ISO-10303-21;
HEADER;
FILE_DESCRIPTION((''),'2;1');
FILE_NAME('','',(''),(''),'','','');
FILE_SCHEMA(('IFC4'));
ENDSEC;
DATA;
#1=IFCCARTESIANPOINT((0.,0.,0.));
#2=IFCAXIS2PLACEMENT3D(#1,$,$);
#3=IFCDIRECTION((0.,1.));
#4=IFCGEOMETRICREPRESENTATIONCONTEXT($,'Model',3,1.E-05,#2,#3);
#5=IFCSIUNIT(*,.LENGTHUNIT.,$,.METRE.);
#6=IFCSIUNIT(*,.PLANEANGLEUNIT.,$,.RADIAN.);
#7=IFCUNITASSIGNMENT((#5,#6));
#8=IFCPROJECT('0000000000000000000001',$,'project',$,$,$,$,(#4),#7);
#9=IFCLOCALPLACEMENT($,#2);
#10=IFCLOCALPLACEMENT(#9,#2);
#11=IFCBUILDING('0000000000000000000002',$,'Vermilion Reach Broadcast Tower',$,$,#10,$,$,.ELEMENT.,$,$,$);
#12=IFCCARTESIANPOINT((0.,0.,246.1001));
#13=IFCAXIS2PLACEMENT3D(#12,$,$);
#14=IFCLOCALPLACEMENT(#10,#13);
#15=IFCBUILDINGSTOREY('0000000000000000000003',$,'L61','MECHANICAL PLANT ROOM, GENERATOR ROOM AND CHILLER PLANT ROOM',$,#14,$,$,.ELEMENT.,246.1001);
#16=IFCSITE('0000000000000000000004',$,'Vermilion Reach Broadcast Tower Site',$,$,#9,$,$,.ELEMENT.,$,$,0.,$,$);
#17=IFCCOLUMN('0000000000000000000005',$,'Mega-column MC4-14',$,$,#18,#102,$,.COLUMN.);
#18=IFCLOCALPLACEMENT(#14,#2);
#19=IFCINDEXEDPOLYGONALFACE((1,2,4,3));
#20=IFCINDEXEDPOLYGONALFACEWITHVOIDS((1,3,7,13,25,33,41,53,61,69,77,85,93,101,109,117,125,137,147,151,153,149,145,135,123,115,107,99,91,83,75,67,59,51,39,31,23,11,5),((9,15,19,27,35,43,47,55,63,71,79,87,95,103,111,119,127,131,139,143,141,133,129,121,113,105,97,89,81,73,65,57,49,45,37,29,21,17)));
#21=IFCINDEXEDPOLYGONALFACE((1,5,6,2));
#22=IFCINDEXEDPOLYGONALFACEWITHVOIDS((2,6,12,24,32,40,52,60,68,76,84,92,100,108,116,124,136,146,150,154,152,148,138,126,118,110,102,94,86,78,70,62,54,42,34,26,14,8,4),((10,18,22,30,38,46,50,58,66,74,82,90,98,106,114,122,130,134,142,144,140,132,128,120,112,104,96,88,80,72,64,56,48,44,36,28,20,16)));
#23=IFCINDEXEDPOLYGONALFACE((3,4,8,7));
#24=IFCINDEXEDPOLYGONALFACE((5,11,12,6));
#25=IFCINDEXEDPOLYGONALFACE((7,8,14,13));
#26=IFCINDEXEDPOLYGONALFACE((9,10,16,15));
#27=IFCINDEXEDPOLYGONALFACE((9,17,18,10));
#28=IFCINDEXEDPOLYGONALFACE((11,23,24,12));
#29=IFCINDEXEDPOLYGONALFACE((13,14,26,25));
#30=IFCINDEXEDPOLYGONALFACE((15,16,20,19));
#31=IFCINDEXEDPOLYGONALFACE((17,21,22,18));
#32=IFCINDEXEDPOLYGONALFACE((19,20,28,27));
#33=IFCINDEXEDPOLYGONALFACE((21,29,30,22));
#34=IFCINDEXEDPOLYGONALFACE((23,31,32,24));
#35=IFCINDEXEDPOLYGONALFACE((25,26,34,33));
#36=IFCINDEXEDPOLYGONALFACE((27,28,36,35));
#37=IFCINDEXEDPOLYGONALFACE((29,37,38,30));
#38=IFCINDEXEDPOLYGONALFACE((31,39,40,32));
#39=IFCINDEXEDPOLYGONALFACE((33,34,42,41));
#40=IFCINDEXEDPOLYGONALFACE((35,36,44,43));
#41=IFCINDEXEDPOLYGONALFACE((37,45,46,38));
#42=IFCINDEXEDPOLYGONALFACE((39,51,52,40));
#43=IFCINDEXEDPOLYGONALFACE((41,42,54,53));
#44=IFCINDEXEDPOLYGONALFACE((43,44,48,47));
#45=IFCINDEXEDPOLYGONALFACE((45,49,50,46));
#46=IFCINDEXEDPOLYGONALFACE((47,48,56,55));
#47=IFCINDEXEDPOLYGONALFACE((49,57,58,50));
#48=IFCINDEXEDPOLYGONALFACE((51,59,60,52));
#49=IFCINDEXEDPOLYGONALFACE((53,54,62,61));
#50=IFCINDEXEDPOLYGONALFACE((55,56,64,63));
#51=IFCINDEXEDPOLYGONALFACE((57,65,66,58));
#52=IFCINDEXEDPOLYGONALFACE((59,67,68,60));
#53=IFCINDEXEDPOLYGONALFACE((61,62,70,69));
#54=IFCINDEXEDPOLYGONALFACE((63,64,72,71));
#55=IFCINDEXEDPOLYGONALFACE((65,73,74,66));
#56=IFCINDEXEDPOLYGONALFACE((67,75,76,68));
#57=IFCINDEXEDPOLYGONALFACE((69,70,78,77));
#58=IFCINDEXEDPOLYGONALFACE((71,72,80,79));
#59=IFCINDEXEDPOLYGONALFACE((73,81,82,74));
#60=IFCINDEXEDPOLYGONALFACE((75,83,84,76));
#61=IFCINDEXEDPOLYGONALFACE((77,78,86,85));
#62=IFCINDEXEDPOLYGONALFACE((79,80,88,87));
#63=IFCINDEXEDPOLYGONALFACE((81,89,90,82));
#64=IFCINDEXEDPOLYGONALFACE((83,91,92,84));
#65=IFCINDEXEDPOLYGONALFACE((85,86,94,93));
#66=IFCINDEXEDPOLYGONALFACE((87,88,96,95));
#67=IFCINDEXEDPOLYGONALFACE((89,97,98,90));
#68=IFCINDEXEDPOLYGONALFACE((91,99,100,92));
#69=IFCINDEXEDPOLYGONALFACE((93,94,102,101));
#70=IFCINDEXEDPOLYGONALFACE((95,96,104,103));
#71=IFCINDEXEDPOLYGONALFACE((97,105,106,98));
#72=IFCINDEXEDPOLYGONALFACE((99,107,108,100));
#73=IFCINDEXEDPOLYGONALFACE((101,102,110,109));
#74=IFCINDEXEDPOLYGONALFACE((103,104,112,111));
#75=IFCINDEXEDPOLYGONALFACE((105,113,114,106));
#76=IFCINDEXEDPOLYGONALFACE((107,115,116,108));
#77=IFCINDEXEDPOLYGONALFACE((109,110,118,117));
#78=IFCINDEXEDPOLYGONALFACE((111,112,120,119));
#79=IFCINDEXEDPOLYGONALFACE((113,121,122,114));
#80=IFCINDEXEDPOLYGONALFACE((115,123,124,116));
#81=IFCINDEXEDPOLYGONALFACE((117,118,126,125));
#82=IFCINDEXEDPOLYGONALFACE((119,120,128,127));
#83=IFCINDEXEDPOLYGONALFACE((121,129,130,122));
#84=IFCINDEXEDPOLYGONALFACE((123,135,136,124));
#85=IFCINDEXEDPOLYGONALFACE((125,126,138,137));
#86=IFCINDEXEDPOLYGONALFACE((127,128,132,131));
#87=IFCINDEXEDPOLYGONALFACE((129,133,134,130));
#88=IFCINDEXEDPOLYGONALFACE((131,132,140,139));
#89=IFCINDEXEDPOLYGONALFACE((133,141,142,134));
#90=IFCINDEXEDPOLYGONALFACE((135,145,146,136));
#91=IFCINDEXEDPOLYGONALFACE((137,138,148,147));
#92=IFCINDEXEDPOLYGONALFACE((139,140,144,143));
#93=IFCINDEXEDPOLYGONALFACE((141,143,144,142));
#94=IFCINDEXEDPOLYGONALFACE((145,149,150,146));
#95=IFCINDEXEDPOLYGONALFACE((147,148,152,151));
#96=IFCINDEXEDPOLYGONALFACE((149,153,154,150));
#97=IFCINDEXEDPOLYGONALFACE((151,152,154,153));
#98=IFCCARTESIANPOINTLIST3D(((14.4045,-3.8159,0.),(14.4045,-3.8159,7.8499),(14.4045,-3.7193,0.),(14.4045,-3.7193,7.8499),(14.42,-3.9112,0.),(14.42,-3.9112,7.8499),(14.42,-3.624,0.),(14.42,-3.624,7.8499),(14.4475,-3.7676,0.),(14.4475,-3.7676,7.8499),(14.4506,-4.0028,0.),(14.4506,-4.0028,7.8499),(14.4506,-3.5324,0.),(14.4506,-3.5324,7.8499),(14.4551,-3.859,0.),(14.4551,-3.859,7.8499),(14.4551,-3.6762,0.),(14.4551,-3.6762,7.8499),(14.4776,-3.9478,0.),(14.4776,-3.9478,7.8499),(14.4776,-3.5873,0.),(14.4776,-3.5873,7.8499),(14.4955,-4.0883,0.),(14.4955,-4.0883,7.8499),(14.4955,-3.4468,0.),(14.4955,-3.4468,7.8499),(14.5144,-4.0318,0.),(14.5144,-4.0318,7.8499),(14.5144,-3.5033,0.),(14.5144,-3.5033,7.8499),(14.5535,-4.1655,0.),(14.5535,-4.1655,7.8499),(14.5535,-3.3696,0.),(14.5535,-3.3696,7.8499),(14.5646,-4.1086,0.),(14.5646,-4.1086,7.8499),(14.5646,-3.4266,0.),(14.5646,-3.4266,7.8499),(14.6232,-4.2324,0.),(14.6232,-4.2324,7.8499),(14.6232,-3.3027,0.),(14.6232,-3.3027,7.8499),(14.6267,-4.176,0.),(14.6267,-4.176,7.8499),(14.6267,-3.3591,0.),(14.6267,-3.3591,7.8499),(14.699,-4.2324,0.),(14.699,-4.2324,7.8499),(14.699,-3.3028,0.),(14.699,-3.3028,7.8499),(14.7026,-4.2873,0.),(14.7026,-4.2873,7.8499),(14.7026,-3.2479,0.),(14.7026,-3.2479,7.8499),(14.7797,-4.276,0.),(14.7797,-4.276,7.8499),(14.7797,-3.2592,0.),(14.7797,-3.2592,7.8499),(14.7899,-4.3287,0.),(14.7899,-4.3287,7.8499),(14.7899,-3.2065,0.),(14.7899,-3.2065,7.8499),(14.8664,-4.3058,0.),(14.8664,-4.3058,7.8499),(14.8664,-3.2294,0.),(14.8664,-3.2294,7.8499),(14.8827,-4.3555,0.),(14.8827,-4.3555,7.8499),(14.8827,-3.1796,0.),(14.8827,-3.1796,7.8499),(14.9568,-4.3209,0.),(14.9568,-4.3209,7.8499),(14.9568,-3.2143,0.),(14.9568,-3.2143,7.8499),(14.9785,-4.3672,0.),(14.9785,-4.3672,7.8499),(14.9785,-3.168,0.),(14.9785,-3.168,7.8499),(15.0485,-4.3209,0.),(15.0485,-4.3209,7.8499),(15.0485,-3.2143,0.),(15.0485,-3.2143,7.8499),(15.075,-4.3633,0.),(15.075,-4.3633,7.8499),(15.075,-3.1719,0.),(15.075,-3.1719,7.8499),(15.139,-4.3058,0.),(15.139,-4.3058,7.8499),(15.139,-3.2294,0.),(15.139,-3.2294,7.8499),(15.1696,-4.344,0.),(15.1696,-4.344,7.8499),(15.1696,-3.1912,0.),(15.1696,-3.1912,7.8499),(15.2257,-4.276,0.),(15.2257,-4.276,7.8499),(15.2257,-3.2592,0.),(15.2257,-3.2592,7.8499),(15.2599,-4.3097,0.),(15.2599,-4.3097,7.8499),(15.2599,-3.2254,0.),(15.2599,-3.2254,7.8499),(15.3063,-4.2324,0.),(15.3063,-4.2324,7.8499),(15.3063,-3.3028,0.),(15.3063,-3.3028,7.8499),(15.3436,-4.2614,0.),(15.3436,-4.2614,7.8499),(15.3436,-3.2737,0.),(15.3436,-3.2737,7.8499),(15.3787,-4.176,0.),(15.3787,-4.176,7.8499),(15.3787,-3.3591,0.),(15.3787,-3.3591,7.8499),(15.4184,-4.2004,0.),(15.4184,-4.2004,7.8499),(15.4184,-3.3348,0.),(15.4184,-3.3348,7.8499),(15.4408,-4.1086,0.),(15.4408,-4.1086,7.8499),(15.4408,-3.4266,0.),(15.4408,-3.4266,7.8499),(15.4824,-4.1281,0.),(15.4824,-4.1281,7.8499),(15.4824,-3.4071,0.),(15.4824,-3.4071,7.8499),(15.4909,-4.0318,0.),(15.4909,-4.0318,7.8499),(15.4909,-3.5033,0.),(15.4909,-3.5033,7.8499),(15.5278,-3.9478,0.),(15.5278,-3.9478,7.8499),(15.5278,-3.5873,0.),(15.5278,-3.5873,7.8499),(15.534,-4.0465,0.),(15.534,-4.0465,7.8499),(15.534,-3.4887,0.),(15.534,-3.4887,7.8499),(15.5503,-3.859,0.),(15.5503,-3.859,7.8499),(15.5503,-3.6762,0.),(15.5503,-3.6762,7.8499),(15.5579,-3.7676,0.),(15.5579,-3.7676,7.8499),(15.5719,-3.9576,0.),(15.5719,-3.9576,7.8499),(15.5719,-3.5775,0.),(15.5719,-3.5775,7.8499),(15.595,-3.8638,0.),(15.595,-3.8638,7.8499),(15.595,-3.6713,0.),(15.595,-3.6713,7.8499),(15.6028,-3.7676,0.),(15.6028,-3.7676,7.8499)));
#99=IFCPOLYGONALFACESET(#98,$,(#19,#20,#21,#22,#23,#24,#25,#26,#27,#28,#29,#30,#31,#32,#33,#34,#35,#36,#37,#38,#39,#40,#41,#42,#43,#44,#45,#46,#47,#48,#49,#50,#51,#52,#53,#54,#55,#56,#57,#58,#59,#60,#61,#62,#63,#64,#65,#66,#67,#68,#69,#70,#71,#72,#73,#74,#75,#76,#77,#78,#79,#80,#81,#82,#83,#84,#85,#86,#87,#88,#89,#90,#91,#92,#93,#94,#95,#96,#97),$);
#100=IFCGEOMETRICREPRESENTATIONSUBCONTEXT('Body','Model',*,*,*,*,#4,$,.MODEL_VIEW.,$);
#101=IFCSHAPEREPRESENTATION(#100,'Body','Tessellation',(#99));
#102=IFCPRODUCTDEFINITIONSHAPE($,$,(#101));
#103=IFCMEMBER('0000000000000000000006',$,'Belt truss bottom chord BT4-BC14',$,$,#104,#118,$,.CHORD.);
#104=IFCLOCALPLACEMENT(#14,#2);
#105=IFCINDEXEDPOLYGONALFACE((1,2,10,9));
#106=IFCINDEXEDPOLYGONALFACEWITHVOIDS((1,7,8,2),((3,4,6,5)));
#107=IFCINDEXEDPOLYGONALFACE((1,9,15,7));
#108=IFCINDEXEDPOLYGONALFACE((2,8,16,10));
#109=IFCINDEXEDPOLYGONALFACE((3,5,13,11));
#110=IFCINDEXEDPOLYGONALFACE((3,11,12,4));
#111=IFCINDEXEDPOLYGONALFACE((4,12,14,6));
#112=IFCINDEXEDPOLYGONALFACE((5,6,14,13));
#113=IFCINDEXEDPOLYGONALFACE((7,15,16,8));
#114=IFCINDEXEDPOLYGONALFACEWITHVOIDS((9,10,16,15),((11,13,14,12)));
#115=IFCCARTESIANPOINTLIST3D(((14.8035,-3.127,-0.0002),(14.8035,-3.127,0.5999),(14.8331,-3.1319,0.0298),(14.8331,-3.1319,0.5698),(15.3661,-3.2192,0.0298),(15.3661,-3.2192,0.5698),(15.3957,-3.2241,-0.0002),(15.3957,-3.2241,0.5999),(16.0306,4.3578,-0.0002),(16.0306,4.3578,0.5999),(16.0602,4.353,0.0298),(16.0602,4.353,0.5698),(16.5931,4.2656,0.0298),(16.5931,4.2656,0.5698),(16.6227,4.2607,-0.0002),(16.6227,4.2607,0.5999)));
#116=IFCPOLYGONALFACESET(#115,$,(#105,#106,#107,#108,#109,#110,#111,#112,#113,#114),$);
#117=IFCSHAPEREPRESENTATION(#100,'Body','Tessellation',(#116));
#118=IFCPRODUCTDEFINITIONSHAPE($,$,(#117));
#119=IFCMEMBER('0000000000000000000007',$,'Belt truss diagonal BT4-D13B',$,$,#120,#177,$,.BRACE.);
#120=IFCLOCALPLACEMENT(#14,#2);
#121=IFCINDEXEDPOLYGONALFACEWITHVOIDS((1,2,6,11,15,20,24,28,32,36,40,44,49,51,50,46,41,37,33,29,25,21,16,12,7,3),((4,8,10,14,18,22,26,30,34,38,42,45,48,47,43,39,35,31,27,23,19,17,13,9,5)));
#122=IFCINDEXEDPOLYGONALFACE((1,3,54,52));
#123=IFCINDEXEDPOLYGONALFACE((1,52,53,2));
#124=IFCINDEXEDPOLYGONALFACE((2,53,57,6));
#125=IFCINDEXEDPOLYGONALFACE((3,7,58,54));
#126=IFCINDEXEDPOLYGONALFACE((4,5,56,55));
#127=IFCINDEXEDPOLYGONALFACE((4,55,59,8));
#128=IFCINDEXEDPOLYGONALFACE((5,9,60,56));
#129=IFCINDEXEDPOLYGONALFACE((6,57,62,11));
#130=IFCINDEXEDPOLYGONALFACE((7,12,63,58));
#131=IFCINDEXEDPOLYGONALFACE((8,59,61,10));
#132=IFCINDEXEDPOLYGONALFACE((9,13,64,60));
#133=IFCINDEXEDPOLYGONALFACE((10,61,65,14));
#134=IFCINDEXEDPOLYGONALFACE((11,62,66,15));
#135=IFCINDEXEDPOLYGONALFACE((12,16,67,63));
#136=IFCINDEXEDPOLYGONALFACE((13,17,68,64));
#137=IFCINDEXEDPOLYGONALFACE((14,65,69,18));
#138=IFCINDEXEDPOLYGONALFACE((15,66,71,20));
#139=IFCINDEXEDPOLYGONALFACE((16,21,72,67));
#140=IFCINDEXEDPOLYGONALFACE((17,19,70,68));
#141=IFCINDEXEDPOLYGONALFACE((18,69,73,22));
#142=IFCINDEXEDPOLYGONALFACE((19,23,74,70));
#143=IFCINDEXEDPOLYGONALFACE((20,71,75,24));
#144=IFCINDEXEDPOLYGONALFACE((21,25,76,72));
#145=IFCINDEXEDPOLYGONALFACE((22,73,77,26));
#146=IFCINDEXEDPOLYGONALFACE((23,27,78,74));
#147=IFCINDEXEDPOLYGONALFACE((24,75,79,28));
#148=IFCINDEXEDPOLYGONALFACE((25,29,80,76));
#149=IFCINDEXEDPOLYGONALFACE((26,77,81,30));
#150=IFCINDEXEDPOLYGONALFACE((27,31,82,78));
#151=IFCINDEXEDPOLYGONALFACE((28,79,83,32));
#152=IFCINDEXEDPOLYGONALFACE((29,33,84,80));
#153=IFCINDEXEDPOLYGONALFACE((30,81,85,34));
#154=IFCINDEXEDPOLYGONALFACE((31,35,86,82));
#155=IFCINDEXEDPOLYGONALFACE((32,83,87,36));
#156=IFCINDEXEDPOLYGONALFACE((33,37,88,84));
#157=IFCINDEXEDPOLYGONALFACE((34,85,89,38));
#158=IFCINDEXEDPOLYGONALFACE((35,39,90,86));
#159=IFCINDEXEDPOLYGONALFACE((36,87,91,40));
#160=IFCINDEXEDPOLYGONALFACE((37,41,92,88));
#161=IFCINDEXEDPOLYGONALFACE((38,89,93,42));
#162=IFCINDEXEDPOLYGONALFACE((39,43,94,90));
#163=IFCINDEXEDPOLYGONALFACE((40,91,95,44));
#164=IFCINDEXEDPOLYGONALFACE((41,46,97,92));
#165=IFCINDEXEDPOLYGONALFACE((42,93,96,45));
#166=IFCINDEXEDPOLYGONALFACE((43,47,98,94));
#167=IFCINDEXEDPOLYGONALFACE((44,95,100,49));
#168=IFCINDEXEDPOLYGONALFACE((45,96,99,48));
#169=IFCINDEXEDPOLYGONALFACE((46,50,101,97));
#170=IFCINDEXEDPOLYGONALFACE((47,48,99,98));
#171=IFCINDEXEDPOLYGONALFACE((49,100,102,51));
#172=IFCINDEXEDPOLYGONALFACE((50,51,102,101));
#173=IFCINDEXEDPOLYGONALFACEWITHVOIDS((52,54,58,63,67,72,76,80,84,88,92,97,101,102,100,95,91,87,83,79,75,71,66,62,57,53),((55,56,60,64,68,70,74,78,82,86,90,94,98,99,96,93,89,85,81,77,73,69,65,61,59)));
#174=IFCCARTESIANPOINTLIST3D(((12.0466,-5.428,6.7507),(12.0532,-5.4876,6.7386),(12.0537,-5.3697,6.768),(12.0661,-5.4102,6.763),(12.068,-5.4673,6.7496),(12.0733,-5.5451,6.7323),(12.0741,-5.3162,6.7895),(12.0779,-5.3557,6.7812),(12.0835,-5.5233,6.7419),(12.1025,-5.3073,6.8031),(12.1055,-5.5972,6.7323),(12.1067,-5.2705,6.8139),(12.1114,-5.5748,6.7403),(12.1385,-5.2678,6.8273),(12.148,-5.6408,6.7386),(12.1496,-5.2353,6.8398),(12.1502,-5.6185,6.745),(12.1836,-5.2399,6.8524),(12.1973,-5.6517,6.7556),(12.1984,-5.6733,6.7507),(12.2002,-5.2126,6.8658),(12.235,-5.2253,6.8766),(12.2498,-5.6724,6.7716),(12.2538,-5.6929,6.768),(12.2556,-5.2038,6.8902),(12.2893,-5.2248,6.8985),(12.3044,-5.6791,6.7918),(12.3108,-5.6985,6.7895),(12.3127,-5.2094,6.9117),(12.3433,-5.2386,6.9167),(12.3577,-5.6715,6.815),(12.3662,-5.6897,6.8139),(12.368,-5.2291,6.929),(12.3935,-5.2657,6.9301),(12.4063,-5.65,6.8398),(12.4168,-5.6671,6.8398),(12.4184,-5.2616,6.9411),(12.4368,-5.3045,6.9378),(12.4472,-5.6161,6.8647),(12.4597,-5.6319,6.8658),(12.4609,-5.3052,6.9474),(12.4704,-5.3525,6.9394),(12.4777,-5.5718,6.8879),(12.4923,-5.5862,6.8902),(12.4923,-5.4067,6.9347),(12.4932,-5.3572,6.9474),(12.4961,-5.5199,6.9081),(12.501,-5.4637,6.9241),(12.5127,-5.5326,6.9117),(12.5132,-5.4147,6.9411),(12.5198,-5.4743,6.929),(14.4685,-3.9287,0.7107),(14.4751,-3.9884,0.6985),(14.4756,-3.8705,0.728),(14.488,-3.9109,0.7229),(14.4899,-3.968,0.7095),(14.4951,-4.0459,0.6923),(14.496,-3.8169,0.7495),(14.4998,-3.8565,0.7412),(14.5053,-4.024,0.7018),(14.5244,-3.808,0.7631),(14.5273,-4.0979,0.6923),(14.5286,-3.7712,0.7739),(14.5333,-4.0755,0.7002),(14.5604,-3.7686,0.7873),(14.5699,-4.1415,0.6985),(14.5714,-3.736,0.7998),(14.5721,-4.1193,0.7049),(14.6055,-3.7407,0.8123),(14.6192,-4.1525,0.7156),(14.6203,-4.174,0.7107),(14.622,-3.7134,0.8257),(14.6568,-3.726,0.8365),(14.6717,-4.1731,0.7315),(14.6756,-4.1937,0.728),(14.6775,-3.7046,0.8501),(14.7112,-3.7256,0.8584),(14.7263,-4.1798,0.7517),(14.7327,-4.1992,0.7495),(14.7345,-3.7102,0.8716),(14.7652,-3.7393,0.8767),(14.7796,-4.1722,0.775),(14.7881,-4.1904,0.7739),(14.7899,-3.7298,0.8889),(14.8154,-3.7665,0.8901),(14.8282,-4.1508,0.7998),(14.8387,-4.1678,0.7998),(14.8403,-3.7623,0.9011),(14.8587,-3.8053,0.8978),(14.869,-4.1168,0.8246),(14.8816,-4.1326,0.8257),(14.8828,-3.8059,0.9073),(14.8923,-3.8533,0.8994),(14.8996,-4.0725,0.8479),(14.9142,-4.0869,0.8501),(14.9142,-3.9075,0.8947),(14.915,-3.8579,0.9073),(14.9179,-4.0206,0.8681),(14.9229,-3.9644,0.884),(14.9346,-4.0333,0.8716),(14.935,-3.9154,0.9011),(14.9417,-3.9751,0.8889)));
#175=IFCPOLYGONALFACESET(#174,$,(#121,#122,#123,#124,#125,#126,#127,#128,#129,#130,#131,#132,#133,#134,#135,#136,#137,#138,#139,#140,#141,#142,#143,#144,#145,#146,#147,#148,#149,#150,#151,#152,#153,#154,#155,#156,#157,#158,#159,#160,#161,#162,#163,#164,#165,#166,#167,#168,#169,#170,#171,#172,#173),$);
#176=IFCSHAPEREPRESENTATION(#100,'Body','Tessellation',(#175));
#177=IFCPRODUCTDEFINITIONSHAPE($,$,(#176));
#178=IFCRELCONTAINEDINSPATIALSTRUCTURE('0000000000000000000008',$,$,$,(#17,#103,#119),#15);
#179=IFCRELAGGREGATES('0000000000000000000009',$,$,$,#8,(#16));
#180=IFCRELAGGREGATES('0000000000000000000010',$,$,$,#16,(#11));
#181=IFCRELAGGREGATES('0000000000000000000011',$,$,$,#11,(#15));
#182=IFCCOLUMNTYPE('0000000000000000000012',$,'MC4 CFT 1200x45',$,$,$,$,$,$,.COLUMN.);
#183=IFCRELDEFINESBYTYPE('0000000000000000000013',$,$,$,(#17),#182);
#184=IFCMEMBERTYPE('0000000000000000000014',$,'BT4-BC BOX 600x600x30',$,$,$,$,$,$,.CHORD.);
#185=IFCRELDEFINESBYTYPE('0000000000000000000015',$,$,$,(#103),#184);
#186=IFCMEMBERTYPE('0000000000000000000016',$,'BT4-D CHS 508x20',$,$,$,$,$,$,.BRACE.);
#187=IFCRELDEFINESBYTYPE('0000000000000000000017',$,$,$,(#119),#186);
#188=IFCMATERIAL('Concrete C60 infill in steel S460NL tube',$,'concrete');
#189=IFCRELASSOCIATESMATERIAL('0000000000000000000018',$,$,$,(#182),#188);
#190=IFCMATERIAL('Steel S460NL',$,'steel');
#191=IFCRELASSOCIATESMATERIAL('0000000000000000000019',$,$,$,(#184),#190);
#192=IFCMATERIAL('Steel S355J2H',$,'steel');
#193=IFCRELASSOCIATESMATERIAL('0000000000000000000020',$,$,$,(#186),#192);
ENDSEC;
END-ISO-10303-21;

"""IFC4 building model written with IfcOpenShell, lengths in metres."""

from ifc_helpers import new_model, si_unit, direction, frame, origin, origin_2d, place, context, subcontext, project, spatial, hollow_rectangle, hollow_circle, extrude, material, material_profile, profile_set, type_object, element, save


model = new_model("IFC4")

# Units and contexts
model_context = context("Model", 3, precision=1e-05, world=origin(), true_north=direction((0.0, 1.0)))
body_context = subcontext(model_context, "Body", "Model", "MODEL_VIEW")
ifc_project = project(units=[si_unit("LENGTHUNIT", "METRE"), si_unit("PLANEANGLEUNIT", "RADIAN")], contexts=[model_context])

# Site, building, storey
site_placement = place(None, origin())
site = spatial("IfcSite", under=ifc_project, at=site_placement, Name="Vermilion Reach Broadcast Tower Site", CompositionType="ELEMENT", RefElevation=0.0)
building_placement = place(site_placement, origin())
building = spatial("IfcBuilding", under=site, at=building_placement, Name="Vermilion Reach Broadcast Tower", CompositionType="ELEMENT")
storey_placement = place(building_placement, frame((0.0, 0.0, 246.1001)))
storey = spatial("IfcBuildingStorey", under=building, at=storey_placement, Name="L61", Description="MECHANICAL PLANT ROOM, GENERATOR ROOM AND CHILLER PLANT ROOM", CompositionType="ELEMENT", Elevation=246.1001)

# Column
ifc_material_1 = material(Name="Concrete C60 infill in steel S460NL tube", Category="concrete")
ifc_material_profile_1 = material_profile(ifc_material_1, hollow_circle(Radius=0.6001, WallThickness=0.0449, at=origin_2d()), Name="Concrete C60 infill in steel S460NL tube CFT 1200x45")
ifc_profile_set_1 = profile_set([ifc_material_profile_1], Name="Concrete C60 infill in steel S460NL tube")
column_type = type_object("IfcColumnType", Name="MC4 CFT 1200x45", PredefinedType="COLUMN", material=ifc_profile_set_1)
column_placement = place(storey_placement, frame((15.0027, -3.7676, 0.0), z_axis=(0.0, 0.0, 1.0), x_axis=(1.0, 0.0, 0.0)))
element("IfcColumn", 1, at=column_placement, inside=storey, type_object=column_type, Name="Mega-column MC4-14", PredefinedType="COLUMN", context=body_context, shape_type="SweptSolid", body=[
    extrude(hollow_circle(Radius=0.6001, WallThickness=0.0449, at=origin_2d()), origin(), (0.0, 0.0, 1.0), 7.8499),
])

# Members
ifc_material_2 = material(Name="Steel S460NL", Category="steel")
ifc_material_profile_2 = material_profile(ifc_material_2, hollow_rectangle(XDim=0.6001, YDim=0.6001, WallThickness=0.03, at=origin_2d()), Name="S460NL BOX 600x600x30")
ifc_profile_set_2 = profile_set([ifc_material_profile_2], Name="Steel S460NL")
member_type_1 = type_object("IfcMemberType", Name="BT4-BC BOX 600x600x30", PredefinedType="CHORD", material=ifc_profile_set_2)
member_1_placement = place(storey_placement, frame((15.0996, -3.1755, 0.2998), z_axis=(0.161778, 0.986827, 0.0), x_axis=(-0.986827, 0.161778, 0.0)))
element("IfcMember", 2, at=member_1_placement, inside=storey, type_object=member_type_1, Name="Belt truss bottom chord BT4-BC14", PredefinedType="CHORD", context=body_context, shape_type="SweptSolid", body=[
    extrude(hollow_rectangle(XDim=0.6001, YDim=0.6001, WallThickness=0.03, at=origin_2d()), origin(), (0.0, 0.0, 1.0), 7.5847),
])
ifc_material_3 = material(Name="Steel S355J2H", Category="steel")
ifc_material_profile_3 = material_profile(ifc_material_3, hollow_circle(Radius=0.2539, WallThickness=0.02, at=origin_2d()), Name="S355J2H CHS 508x20")
ifc_profile_set_3 = profile_set([ifc_material_profile_3], Name="Steel S355J2H")
member_type_2 = type_object("IfcMemberType", Name="BT4-D CHS 508x20", PredefinedType="BRACE", material=ifc_profile_set_3)
member_2_placement = place(storey_placement, frame((14.7051, -3.9519, 0.7998), z_axis=(-0.362666, -0.224509, 0.904472), x_axis=(0.526358, -0.850263, 0.0)))
element("IfcMember", 3, at=member_2_placement, inside=storey, type_object=member_type_2, Name="Belt truss diagonal BT4-D13B", PredefinedType="BRACE", context=body_context, shape_type="SweptSolid", body=[
    extrude(hollow_circle(Radius=0.2539, WallThickness=0.02, at=origin_2d()), origin(), (0.0, 0.0, 1.0), 6.678),
])

save(model, "model.ifc")
